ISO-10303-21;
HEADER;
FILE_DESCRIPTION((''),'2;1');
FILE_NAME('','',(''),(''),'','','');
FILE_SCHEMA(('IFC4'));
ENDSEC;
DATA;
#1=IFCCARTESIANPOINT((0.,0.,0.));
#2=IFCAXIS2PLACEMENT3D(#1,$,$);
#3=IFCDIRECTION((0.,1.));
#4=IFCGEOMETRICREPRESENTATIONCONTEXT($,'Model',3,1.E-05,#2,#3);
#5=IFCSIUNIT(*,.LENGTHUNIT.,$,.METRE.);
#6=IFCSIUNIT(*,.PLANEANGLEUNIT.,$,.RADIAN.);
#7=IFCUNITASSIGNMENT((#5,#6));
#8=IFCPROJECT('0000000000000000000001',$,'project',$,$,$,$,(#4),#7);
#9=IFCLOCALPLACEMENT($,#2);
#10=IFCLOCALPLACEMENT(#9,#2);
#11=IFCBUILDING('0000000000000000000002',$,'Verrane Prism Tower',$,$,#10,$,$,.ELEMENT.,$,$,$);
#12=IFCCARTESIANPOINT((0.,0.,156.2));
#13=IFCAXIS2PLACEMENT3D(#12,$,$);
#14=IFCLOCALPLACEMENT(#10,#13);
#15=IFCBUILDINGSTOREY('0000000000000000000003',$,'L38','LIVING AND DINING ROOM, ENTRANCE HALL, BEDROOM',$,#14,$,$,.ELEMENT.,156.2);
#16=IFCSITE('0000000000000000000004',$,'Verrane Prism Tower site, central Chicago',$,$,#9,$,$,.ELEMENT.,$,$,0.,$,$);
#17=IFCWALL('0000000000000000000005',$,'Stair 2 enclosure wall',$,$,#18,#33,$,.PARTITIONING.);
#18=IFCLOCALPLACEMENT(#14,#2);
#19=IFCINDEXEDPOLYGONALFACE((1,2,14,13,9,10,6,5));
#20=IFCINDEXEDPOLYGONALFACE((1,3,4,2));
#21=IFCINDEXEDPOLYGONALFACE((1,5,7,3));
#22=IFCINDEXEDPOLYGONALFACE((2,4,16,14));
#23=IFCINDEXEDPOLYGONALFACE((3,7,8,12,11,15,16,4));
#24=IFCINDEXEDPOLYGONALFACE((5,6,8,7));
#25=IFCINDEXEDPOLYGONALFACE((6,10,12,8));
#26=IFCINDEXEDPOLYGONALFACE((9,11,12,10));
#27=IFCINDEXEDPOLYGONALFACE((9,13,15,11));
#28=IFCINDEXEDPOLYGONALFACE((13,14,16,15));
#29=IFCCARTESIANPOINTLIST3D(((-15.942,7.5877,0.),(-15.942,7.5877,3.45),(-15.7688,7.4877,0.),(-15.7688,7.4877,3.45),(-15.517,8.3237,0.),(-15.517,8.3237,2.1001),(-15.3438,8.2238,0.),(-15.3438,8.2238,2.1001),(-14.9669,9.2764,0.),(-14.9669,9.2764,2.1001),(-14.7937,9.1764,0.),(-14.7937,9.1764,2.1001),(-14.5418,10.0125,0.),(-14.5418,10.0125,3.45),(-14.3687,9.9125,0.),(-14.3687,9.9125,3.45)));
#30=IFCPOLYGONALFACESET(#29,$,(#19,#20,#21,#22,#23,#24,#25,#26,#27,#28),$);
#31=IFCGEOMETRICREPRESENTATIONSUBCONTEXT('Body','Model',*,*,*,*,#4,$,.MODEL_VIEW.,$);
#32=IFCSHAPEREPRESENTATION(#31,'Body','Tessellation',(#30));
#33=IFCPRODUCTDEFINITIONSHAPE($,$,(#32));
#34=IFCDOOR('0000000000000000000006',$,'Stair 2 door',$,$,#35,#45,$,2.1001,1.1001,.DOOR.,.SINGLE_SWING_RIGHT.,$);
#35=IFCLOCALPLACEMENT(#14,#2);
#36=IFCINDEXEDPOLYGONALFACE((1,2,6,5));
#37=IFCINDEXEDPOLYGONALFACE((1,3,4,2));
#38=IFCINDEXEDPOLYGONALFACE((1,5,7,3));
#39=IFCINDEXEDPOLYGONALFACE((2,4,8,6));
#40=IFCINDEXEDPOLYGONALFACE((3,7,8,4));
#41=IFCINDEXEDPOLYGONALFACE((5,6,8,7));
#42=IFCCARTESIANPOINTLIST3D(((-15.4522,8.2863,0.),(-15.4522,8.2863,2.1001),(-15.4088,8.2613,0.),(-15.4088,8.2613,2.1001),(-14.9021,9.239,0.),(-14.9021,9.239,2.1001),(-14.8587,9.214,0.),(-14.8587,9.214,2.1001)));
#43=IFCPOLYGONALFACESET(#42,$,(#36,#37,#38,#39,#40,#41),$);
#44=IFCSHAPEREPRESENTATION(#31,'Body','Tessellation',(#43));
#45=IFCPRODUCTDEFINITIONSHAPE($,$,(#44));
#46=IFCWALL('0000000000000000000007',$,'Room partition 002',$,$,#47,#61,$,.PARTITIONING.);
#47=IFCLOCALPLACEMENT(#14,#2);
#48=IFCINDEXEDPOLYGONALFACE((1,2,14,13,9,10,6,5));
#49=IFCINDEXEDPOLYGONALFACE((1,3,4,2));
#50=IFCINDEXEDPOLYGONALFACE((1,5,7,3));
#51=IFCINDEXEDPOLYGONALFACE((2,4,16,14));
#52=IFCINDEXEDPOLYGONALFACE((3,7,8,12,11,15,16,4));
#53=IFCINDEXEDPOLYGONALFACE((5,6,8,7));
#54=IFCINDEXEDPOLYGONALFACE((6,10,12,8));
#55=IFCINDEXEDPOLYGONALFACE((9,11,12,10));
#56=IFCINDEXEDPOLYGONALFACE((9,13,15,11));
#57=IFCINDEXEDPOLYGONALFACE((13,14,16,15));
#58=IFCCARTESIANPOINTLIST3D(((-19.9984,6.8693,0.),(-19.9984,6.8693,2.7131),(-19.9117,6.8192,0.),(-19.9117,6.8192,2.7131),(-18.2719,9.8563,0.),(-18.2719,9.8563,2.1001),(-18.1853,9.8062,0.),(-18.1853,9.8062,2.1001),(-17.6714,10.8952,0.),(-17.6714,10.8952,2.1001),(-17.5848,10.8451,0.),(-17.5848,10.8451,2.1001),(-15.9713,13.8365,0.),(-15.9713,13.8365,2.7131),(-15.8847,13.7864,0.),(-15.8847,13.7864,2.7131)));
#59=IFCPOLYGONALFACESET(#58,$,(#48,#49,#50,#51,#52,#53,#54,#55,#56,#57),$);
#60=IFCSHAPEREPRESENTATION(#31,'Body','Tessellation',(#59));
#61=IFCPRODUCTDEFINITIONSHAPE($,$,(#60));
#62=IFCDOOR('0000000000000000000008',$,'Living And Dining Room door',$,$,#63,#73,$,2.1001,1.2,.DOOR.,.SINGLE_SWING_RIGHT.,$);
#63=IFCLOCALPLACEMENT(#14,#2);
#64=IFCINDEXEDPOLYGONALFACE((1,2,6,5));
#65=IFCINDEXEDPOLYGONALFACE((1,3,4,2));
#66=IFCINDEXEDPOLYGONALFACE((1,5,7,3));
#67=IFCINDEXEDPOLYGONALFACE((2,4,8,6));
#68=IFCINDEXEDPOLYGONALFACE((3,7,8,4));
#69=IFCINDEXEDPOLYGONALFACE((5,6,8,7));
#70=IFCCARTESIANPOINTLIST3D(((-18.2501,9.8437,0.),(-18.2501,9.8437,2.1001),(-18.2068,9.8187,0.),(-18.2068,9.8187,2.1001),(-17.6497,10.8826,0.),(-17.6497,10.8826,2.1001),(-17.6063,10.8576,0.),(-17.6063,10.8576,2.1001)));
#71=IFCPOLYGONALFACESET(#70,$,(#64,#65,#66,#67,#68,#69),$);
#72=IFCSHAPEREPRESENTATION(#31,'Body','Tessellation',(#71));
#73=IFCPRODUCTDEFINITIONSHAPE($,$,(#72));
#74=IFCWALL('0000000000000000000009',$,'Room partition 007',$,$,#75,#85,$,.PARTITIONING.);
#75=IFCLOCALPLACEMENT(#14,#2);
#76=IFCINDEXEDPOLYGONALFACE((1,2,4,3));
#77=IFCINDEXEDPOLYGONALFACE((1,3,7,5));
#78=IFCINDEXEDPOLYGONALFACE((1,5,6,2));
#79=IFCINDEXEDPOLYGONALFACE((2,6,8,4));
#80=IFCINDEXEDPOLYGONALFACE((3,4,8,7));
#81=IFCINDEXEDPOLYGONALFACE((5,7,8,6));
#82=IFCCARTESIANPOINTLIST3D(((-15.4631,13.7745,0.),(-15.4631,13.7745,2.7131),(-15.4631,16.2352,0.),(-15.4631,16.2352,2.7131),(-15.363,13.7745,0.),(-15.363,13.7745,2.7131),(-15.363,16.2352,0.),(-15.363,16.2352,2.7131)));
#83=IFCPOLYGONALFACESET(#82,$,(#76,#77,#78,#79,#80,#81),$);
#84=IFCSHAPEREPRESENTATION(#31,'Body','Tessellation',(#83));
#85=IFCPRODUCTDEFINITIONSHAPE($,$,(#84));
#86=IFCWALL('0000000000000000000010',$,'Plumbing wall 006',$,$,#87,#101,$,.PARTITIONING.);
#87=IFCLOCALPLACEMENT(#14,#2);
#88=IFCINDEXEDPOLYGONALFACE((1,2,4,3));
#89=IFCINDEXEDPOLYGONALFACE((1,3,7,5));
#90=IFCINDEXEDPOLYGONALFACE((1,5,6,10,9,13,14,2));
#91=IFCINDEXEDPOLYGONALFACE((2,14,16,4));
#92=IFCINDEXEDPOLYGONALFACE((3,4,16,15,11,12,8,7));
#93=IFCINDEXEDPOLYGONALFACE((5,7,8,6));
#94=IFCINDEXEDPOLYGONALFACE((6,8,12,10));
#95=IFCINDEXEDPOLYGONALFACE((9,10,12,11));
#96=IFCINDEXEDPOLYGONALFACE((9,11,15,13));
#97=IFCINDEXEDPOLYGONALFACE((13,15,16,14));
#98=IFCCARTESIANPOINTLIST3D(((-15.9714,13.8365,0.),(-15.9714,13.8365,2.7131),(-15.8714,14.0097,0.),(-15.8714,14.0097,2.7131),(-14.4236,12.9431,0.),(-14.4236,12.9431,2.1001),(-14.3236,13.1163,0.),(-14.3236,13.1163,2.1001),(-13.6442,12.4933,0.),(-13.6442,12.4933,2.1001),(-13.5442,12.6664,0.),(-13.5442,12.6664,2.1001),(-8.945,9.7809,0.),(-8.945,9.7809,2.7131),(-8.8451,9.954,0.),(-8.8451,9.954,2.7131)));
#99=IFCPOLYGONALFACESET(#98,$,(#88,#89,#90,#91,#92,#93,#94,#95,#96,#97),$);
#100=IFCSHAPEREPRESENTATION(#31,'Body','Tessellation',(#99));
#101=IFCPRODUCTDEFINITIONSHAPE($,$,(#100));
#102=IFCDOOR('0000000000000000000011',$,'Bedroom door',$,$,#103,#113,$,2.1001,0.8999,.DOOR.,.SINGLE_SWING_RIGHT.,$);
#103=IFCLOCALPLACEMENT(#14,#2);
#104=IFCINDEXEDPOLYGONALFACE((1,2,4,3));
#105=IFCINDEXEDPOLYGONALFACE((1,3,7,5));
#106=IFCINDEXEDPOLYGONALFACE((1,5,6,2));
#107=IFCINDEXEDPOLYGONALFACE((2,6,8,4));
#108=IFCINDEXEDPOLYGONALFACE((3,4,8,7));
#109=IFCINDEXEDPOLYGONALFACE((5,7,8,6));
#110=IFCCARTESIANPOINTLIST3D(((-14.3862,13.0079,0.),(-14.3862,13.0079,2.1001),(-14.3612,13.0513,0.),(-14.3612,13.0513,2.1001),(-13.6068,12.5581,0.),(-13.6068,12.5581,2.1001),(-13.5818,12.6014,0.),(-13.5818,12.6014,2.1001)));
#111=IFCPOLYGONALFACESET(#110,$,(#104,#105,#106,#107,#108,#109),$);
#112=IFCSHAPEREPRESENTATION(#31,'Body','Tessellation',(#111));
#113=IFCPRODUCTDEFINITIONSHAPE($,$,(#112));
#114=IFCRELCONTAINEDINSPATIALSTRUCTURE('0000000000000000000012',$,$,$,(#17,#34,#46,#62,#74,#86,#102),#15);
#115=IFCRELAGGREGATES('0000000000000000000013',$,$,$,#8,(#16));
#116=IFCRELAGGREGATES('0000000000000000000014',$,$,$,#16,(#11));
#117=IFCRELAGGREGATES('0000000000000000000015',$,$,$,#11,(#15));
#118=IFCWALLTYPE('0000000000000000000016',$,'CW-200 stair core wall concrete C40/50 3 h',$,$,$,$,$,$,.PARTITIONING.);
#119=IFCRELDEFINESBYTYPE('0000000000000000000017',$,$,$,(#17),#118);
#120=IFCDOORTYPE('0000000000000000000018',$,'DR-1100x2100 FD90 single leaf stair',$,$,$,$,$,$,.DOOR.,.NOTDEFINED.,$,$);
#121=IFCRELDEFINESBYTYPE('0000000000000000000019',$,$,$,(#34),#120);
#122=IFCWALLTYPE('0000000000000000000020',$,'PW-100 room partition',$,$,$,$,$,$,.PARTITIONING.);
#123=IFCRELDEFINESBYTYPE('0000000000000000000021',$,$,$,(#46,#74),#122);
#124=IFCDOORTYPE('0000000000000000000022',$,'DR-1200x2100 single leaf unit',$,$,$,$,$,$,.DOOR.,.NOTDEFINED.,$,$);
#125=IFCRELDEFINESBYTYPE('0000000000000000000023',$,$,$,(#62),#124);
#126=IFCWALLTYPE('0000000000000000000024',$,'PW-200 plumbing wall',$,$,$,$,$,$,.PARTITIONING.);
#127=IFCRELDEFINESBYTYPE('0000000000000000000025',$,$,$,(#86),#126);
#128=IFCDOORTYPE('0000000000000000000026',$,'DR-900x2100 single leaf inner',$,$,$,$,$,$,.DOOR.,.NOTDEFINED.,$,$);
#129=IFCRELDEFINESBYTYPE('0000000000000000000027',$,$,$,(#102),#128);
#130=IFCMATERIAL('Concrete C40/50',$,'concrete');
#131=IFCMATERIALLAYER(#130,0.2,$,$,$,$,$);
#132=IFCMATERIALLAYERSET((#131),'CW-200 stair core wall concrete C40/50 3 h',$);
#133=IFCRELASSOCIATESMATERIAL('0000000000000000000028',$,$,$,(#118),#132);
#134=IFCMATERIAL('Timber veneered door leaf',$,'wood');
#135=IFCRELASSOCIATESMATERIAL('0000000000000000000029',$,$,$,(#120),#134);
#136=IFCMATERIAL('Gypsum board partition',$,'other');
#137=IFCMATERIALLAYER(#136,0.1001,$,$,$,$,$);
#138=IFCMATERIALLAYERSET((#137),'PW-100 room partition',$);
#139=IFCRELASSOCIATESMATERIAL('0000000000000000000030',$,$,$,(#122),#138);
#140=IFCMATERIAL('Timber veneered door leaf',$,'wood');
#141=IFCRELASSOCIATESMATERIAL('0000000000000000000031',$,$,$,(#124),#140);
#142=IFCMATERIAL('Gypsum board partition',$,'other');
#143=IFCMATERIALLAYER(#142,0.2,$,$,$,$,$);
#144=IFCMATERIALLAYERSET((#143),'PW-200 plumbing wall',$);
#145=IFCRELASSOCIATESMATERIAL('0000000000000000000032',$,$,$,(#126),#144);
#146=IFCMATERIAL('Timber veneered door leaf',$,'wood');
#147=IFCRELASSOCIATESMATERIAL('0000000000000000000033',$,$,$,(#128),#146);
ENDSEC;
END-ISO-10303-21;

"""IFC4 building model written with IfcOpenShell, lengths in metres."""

from ifc_helpers import new_model, si_unit, direction, frame, frame_2d, origin, place, context, subcontext, project, spatial, rectangle, extrude, material, layer, layer_set, type_object, element, fill, save


model = new_model("IFC4")

# Units and contexts
model_context = context("Model", 3, precision=1e-05, world=origin(), true_north=direction((0.0, 1.0)))
body_context = subcontext(model_context, "Body", "Model", "MODEL_VIEW")
ifc_project = project(units=[si_unit("LENGTHUNIT", "METRE"), si_unit("PLANEANGLEUNIT", "RADIAN")], contexts=[model_context])

# Site, building, storey
site_placement = place(None, origin())
site = spatial("IfcSite", under=ifc_project, at=site_placement, Name="Verrane Prism Tower site, central Chicago", CompositionType="ELEMENT", RefElevation=0.0)
building_placement = place(site_placement, origin())
building = spatial("IfcBuilding", under=site, at=building_placement, Name="Verrane Prism Tower", CompositionType="ELEMENT")
storey_placement = place(building_placement, frame((0.0, 0.0, 156.2)))
storey = spatial("IfcBuildingStorey", under=building, at=storey_placement, Name="L38", Description="LIVING AND DINING ROOM, ENTRANCE HALL, BEDROOM", CompositionType="ELEMENT", Elevation=156.2)

# Walls, openings, doors
ifc_material_1 = material(Name="Concrete C40/50", Category="concrete")
ifc_layer_1 = layer(ifc_material_1, 0.2)
ifc_layer_set_1 = layer_set([ifc_layer_1], Name="CW-200 stair core wall concrete C40/50 3 h")
wall_type_1 = type_object("IfcWallType", Name="CW-200 stair core wall concrete C40/50 3 h", PredefinedType="PARTITIONING", material=ifc_layer_set_1)
wall_1_placement = place(storey_placement, frame((-14.4553, 9.9624, 0.0), z_axis=(0.0, 0.0, 1.0), x_axis=(-0.50005, -0.865997, 0.0)))
wall_1 = element("IfcWall", 1, at=wall_1_placement, inside=storey, type_object=wall_type_1, Name="Stair 2 enclosure wall", PredefinedType="PARTITIONING", context=body_context, shape_type="SweptSolid", body=[
    extrude(rectangle(XDim=2.8, YDim=0.2, at=frame_2d((1.3999, 0.0))), origin(), (0.0, 0.0, 1.0), 3.45),
])
opening_1_placement = place(wall_1_placement, frame((0.8499, 0.0, 0.0)))
opening_1 = element("IfcOpeningElement", 2, at=opening_1_placement, cuts=wall_1, PredefinedType="OPENING", context=body_context, shape_type="SweptSolid", body=[
    extrude(rectangle(XDim=1.1001, YDim=2.1001, at=frame_2d((0.55, 1.05))), frame((0.0, 0.1099, 0.0), z_axis=(0.0, -1.0, 0.0), x_axis=(1.0, 0.0, 0.0)), (0.0, 0.0, 1.0), 0.22),
])
ifc_material_2 = material(Name="Timber veneered door leaf", Category="wood")
door_type_1 = type_object("IfcDoorType", Name="DR-1100x2100 FD90 single leaf stair", OperationType="NOTDEFINED", PredefinedType="DOOR", material=ifc_material_2)
door_1_placement = place(opening_1_placement, origin())
door_1 = element("IfcDoor", 3, at=door_1_placement, inside=storey, type_object=door_type_1, Name="Stair 2 door", OperationType="SINGLE_SWING_RIGHT", OverallHeight=2.1001, OverallWidth=1.1001, PredefinedType="DOOR", context=body_context, shape_type="SweptSolid", body=[
    extrude(rectangle(XDim=1.1001, YDim=2.1001, at=frame_2d((0.55, 1.05))), frame((0.0, 0.0249, 0.0), z_axis=(0.0, -1.0, 0.0), x_axis=(1.0, 0.0, 0.0)), (0.0, 0.0, 1.0), 0.05),
])
fill(opening_1, door_1)
ifc_material_3 = material(Name="Gypsum board partition", Category="other")
ifc_layer_2 = layer(ifc_material_3, 0.1001)
ifc_layer_set_2 = layer_set([ifc_layer_2], Name="PW-100 room partition")
wall_type_2 = type_object("IfcWallType", Name="PW-100 room partition", PredefinedType="PARTITIONING", material=ifc_layer_set_2)
wall_2_placement = place(storey_placement, frame((-19.9551, 6.8442, 0.0), z_axis=(0.0, 0.0, 1.0), x_axis=(0.500423, 0.865781, 0.0)))
wall_2 = element("IfcWall", 4, at=wall_2_placement, inside=storey, type_object=wall_type_2, Name="Room partition 002", PredefinedType="PARTITIONING", context=body_context, shape_type="SweptSolid", body=[
    extrude(rectangle(XDim=8.0474, YDim=0.1001, at=frame_2d((4.0237, 0.0))), origin(), (0.0, 0.0, 1.0), 2.7131),
])
opening_2_placement = place(wall_2_placement, frame((3.45, 0.0, 0.0)))
opening_2 = element("IfcOpeningElement", 5, at=opening_2_placement, cuts=wall_2, PredefinedType="OPENING", context=body_context, shape_type="SweptSolid", body=[
    extrude(rectangle(XDim=1.2, YDim=2.1001, at=frame_2d((0.6001, 1.05))), frame((0.0, 0.0601, 0.0), z_axis=(0.0, -1.0, 0.0), x_axis=(1.0, 0.0, 0.0)), (0.0, 0.0, 1.0), 0.1201),
])
ifc_material_4 = material(Name="Timber veneered door leaf", Category="wood")
door_type_2 = type_object("IfcDoorType", Name="DR-1200x2100 single leaf unit", OperationType="NOTDEFINED", PredefinedType="DOOR", material=ifc_material_4)
door_2_placement = place(opening_2_placement, origin())
door_2 = element("IfcDoor", 6, at=door_2_placement, inside=storey, type_object=door_type_2, Name="Living And Dining Room door", OperationType="SINGLE_SWING_RIGHT", OverallHeight=2.1001, OverallWidth=1.2, PredefinedType="DOOR", context=body_context, shape_type="SweptSolid", body=[
    extrude(rectangle(XDim=1.2, YDim=2.1001, at=frame_2d((0.6001, 1.05))), frame((0.0, 0.0249, 0.0), z_axis=(0.0, -1.0, 0.0), x_axis=(1.0, 0.0, 0.0)), (0.0, 0.0, 1.0), 0.05),
])
fill(opening_2, door_2)

# Wall
wall_3_placement = place(storey_placement, frame((-15.4131, 13.7744, 0.0), z_axis=(0.0, 0.0, 1.0), x_axis=(0.0, 1.0, 0.0)))
element("IfcWall", 7, at=wall_3_placement, inside=storey, type_object=wall_type_2, Name="Room partition 007", PredefinedType="PARTITIONING", context=body_context, shape_type="SweptSolid", body=[
    extrude(rectangle(XDim=2.4607, YDim=0.1001, at=frame_2d((1.2305, 0.0))), origin(), (0.0, 0.0, 1.0), 2.7131),
])

# Wall, opening, door
ifc_material_5 = material(Name="Gypsum board partition", Category="other")
ifc_layer_3 = layer(ifc_material_5, 0.2)
ifc_layer_set_3 = layer_set([ifc_layer_3], Name="PW-200 plumbing wall")
wall_type_3 = type_object("IfcWallType", Name="PW-200 plumbing wall", PredefinedType="PARTITIONING", material=ifc_layer_set_3)
wall_4_placement = place(storey_placement, frame((-15.9214, 13.9231, 0.0), z_axis=(0.0, 0.0, 1.0), x_axis=(0.866079, -0.499907, 0.0)))
wall_4 = element("IfcWall", 8, at=wall_4_placement, inside=storey, type_object=wall_type_3, Name="Plumbing wall 006", PredefinedType="PARTITIONING", context=body_context, shape_type="SweptSolid", body=[
    extrude(rectangle(XDim=8.1128, YDim=0.2, at=frame_2d((4.0564, 0.0))), origin(), (0.0, 0.0, 1.0), 2.7131),
])
opening_3_placement = place(wall_4_placement, frame((1.7871, 0.0, 0.0)))
opening_3 = element("IfcOpeningElement", 9, at=opening_3_placement, cuts=wall_4, PredefinedType="OPENING", context=body_context, shape_type="SweptSolid", body=[
    extrude(rectangle(XDim=0.8999, YDim=2.1001, at=frame_2d((0.45, 1.05))), frame((0.0, 0.1099, 0.0), z_axis=(0.0, -1.0, 0.0), x_axis=(1.0, 0.0, 0.0)), (0.0, 0.0, 1.0), 0.22),
])
ifc_material_6 = material(Name="Timber veneered door leaf", Category="wood")
door_type_3 = type_object("IfcDoorType", Name="DR-900x2100 single leaf inner", OperationType="NOTDEFINED", PredefinedType="DOOR", material=ifc_material_6)
door_3_placement = place(opening_3_placement, origin())
door_3 = element("IfcDoor", 10, at=door_3_placement, inside=storey, type_object=door_type_3, Name="Bedroom door", OperationType="SINGLE_SWING_RIGHT", OverallHeight=2.1001, OverallWidth=0.8999, PredefinedType="DOOR", context=body_context, shape_type="SweptSolid", body=[
    extrude(rectangle(XDim=0.8999, YDim=2.1001, at=frame_2d((0.45, 1.05))), frame((0.0, 0.0249, 0.0), z_axis=(0.0, -1.0, 0.0), x_axis=(1.0, 0.0, 0.0)), (0.0, 0.0, 1.0), 0.05),
])
fill(opening_3, door_3)

save(model, "model.ifc")
